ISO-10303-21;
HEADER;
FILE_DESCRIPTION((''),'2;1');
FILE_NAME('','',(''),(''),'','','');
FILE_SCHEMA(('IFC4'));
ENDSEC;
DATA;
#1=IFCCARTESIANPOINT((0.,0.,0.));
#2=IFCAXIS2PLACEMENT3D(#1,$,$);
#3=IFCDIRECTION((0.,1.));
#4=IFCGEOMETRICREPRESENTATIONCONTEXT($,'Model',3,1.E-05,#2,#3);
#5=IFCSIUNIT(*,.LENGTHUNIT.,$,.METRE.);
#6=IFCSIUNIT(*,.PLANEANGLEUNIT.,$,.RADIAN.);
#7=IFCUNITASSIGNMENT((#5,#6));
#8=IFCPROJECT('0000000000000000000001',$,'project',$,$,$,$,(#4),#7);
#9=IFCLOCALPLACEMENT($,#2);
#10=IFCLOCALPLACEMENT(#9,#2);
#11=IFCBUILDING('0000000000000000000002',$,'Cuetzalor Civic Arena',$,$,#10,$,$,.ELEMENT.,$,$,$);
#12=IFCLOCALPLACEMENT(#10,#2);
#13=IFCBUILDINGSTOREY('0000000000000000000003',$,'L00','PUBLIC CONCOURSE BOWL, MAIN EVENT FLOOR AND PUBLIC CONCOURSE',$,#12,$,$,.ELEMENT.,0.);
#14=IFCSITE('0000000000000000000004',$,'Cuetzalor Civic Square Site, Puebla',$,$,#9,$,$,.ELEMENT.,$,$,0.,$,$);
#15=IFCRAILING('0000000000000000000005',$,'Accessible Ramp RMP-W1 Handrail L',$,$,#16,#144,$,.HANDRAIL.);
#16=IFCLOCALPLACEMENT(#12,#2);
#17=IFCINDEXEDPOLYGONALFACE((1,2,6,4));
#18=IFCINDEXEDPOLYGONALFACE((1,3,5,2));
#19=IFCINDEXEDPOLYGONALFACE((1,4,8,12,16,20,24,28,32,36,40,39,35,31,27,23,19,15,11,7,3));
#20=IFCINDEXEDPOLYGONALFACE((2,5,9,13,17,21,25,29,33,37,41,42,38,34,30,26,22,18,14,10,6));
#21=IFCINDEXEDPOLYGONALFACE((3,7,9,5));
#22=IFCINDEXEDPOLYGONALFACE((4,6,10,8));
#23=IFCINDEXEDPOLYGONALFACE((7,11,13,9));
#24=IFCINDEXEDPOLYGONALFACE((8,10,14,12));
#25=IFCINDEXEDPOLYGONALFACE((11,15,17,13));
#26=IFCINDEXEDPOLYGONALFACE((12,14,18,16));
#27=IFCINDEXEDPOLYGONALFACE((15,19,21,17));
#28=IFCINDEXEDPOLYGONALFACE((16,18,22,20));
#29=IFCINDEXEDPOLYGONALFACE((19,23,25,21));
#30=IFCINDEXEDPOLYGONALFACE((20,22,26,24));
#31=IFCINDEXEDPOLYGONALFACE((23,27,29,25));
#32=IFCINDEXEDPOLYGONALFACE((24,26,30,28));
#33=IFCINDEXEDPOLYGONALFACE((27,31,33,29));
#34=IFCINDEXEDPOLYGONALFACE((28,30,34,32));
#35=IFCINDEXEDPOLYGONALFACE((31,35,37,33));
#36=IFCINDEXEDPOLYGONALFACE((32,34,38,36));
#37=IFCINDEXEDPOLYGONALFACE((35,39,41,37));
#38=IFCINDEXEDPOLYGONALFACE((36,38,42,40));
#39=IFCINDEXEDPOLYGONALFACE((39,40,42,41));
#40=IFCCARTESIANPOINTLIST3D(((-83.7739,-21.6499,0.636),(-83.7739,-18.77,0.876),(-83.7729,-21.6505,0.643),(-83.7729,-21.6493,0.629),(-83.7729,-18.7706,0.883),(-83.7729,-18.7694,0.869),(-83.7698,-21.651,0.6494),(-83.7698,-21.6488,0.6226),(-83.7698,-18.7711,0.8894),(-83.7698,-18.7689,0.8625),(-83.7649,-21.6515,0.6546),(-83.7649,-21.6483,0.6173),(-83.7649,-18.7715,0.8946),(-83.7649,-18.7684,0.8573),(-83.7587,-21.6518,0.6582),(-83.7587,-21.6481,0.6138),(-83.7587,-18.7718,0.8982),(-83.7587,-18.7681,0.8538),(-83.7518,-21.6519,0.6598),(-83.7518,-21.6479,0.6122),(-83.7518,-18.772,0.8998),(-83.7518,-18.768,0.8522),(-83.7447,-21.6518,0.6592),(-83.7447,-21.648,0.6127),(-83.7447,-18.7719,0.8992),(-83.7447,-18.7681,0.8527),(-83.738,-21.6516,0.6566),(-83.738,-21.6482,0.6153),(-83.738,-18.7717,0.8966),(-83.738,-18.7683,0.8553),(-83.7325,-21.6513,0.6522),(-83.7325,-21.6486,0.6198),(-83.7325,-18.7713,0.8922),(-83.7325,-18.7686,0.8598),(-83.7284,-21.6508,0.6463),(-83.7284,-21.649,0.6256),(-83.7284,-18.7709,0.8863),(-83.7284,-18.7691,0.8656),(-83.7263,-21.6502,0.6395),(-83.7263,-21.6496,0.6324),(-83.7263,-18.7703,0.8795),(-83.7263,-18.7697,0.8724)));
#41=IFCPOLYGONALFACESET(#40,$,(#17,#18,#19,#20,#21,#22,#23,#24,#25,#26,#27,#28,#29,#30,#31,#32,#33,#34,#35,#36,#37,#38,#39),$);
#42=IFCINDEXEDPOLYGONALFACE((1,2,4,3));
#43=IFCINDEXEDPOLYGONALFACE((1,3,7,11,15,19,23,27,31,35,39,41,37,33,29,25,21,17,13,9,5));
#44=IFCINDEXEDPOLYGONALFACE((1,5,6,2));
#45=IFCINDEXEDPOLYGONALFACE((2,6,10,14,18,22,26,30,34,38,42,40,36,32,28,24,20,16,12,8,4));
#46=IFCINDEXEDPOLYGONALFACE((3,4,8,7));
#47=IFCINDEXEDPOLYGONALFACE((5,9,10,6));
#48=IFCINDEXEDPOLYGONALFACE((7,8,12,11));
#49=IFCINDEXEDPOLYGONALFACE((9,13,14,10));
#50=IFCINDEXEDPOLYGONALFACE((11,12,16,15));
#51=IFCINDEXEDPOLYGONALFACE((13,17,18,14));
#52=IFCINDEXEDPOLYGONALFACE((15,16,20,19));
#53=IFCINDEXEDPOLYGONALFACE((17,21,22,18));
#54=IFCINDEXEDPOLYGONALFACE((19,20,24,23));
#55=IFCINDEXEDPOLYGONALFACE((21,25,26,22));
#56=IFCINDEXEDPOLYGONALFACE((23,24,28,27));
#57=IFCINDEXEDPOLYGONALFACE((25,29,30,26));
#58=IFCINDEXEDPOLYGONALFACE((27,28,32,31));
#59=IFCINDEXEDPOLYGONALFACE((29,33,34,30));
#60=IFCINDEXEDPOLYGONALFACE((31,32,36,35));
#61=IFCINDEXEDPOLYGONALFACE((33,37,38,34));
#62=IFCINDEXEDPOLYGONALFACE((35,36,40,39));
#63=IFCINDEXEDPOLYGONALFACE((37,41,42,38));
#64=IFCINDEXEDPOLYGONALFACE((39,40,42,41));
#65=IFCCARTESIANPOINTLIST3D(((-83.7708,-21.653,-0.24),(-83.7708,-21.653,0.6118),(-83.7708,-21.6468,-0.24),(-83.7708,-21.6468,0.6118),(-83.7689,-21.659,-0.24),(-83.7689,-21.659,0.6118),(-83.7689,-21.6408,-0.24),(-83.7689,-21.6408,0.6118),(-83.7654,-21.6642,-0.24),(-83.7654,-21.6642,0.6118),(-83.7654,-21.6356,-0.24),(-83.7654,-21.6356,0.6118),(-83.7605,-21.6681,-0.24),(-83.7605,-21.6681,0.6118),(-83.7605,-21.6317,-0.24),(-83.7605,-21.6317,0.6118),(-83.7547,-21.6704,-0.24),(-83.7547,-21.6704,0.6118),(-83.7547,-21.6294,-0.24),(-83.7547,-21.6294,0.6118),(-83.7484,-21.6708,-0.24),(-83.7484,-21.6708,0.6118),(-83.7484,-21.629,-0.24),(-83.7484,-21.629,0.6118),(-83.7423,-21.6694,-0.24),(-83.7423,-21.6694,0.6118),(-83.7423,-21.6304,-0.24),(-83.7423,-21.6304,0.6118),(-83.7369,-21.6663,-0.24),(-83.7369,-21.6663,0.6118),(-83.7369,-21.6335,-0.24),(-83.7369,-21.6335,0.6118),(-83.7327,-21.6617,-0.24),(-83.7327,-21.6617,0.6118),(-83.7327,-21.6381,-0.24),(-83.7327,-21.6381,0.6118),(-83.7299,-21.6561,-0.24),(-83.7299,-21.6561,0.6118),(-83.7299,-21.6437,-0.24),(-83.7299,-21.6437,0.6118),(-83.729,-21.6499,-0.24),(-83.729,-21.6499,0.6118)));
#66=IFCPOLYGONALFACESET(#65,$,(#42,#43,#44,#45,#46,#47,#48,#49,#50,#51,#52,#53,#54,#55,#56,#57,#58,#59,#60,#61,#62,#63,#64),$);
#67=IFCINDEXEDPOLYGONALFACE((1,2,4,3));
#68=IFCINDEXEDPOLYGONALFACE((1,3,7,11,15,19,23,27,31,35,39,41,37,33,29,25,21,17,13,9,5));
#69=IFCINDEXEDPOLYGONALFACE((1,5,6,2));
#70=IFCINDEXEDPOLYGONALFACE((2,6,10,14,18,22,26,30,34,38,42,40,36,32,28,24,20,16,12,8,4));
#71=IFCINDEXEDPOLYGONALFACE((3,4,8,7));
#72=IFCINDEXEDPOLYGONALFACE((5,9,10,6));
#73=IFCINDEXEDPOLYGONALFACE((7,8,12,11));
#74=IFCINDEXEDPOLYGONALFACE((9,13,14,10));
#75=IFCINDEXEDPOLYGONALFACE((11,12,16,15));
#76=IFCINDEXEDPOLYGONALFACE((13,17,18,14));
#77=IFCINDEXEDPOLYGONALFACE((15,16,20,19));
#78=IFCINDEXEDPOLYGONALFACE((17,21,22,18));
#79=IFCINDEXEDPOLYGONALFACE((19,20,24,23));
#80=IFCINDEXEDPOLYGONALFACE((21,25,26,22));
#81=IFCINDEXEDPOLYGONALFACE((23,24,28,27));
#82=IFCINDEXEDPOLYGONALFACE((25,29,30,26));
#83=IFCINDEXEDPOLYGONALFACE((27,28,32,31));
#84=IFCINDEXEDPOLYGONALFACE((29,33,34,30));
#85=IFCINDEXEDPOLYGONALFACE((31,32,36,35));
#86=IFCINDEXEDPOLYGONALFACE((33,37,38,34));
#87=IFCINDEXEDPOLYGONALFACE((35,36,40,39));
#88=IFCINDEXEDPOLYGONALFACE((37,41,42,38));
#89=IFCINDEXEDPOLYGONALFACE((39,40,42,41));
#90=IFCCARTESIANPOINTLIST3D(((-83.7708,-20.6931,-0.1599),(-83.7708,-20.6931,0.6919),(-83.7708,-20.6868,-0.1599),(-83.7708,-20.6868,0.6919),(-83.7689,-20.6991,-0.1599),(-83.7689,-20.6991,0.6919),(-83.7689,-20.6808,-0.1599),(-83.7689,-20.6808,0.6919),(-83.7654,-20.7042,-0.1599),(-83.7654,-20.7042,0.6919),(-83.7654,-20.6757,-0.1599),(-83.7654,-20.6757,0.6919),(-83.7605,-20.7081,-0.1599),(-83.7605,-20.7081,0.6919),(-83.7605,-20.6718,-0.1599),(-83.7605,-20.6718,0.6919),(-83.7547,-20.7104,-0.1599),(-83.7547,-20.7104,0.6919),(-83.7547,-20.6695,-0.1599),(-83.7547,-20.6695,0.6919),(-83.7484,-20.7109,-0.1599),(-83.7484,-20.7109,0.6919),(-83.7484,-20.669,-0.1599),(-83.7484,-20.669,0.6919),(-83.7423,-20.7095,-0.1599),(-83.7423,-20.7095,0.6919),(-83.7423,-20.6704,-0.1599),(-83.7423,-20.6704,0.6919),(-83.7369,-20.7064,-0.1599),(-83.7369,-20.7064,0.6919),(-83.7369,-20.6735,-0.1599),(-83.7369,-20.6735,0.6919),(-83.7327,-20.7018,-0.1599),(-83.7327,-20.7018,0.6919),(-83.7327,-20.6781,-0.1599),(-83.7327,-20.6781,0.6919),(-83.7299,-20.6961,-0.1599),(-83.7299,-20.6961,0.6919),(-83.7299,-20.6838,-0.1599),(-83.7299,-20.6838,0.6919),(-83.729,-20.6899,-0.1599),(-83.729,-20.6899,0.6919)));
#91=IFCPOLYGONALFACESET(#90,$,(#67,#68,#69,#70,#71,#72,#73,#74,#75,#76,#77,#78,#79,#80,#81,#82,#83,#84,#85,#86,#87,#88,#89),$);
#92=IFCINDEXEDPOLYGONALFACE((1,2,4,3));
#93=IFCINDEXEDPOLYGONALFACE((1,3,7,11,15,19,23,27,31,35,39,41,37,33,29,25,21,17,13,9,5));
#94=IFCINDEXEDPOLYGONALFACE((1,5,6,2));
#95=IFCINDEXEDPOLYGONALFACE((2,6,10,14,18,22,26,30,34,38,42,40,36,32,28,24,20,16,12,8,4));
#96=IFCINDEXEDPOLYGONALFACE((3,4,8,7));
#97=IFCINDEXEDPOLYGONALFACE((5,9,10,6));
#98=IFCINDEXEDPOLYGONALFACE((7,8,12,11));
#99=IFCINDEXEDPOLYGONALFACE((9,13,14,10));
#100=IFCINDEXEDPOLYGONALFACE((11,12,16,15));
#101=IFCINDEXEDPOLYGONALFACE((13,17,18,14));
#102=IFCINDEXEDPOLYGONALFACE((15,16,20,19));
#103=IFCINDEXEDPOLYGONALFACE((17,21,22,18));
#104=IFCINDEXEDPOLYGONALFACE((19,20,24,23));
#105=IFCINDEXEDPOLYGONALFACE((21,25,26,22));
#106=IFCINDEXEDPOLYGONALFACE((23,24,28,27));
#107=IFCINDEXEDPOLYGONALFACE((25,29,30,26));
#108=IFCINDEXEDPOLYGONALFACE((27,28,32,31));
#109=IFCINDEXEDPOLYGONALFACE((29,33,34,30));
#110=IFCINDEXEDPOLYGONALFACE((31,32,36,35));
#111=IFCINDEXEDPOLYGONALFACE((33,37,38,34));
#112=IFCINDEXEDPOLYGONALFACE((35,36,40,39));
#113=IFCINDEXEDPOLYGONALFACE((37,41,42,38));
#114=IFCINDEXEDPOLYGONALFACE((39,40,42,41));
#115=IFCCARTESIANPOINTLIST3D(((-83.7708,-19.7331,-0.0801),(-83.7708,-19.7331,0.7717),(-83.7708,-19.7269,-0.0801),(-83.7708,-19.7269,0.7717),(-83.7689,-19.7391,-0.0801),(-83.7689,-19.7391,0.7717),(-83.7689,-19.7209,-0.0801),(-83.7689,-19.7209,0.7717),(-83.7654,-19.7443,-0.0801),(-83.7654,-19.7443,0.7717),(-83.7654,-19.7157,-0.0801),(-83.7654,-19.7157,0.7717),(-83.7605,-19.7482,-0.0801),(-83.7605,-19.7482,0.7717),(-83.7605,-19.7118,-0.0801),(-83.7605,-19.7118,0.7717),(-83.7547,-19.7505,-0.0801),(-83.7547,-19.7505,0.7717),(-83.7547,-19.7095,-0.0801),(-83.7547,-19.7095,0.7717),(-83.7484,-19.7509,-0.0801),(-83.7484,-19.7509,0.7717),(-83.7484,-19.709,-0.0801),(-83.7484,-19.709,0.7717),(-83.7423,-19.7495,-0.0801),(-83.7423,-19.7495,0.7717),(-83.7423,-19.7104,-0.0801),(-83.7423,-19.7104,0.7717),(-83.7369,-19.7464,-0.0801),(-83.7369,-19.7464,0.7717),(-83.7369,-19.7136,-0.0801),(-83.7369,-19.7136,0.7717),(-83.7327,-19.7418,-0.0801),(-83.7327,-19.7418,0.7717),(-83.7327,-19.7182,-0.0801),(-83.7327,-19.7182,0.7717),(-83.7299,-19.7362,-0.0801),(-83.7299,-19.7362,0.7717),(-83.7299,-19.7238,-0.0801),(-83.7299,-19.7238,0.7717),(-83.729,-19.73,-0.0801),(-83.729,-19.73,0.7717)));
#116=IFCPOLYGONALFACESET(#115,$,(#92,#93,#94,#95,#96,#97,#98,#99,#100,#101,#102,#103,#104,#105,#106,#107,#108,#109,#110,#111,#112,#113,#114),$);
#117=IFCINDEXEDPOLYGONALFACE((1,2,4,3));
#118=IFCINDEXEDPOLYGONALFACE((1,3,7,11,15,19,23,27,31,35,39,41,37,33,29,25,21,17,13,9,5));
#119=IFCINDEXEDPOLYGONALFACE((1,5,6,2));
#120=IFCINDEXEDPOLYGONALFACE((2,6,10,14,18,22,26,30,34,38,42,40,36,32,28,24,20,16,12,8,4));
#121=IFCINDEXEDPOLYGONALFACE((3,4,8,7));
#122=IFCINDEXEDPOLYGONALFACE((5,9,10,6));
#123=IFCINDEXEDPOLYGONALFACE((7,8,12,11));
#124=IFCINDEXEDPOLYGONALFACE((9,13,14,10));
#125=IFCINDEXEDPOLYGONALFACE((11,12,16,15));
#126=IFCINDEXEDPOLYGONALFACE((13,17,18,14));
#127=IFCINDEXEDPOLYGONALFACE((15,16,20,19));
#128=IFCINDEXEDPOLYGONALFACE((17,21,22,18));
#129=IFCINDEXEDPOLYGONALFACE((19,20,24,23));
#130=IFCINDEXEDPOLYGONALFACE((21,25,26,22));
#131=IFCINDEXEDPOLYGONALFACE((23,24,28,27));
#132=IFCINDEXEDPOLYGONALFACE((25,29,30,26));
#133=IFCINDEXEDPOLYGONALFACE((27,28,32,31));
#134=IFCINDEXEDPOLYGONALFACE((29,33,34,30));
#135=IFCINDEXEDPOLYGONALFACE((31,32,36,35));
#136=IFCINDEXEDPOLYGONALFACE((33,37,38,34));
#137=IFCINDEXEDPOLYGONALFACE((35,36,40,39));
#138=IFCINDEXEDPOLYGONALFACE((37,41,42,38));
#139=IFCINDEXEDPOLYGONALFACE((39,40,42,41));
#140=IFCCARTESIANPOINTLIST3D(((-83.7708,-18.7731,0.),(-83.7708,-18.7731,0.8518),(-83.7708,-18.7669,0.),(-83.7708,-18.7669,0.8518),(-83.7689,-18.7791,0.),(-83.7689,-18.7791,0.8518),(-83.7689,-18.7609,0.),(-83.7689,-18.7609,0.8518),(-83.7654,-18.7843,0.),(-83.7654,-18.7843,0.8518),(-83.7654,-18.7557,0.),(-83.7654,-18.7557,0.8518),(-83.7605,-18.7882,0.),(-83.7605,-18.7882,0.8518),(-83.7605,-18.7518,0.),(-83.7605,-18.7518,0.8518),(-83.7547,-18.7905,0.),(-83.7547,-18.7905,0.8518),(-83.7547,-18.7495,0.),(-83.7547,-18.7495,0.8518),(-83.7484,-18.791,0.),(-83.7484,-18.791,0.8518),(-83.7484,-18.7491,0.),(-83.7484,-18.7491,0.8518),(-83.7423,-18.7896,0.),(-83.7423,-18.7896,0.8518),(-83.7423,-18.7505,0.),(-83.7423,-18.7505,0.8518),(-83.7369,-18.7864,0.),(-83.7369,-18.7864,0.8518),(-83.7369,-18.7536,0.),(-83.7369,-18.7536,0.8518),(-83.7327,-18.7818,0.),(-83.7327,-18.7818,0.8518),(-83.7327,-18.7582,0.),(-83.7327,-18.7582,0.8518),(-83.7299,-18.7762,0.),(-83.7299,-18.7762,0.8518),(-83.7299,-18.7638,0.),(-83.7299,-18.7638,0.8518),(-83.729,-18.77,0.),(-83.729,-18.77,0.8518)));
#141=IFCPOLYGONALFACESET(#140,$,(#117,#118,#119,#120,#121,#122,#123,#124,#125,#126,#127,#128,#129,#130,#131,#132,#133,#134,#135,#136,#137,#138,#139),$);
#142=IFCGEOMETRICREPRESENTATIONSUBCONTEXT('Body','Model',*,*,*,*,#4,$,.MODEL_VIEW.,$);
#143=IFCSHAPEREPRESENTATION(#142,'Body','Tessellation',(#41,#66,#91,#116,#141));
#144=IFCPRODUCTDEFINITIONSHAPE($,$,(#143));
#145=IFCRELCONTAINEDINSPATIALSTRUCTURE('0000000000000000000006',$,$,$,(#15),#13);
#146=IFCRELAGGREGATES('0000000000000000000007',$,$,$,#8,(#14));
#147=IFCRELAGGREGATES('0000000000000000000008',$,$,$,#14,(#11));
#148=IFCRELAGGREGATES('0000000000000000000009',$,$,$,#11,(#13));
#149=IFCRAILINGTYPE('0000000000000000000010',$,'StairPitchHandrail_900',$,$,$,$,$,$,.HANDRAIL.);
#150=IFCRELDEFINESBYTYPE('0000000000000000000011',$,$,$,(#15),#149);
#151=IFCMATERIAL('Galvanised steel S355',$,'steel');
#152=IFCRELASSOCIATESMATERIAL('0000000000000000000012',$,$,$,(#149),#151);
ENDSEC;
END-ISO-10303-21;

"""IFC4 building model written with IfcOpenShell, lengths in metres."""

from ifc_helpers import new_model, si_unit, direction, frame, origin, origin_2d, place, context, subcontext, project, spatial, circle, extrude, material, type_object, element, save


model = new_model("IFC4")

# Units and contexts
model_context = context("Model", 3, precision=1e-05, world=origin(), true_north=direction((0.0, 1.0)))
body_context = subcontext(model_context, "Body", "Model", "MODEL_VIEW")
ifc_project = project(units=[si_unit("LENGTHUNIT", "METRE"), si_unit("PLANEANGLEUNIT", "RADIAN")], contexts=[model_context])

# Site, building, storey
site_placement = place(None, origin())
site = spatial("IfcSite", under=ifc_project, at=site_placement, Name="Cuetzalor Civic Square Site, Puebla", CompositionType="ELEMENT", RefElevation=0.0)
building_placement = place(site_placement, origin())
building = spatial("IfcBuilding", under=site, at=building_placement, Name="Cuetzalor Civic Arena", CompositionType="ELEMENT")
storey_placement = place(building_placement, origin())
storey = spatial("IfcBuildingStorey", under=building, at=storey_placement, Name="L00", Description="PUBLIC CONCOURSE BOWL, MAIN EVENT FLOOR AND PUBLIC CONCOURSE", CompositionType="ELEMENT", Elevation=0.0)

# Railing
ifc_material_1 = material(Name="Galvanised steel S355", Category="steel")
railing_type = type_object("IfcRailingType", Name="StairPitchHandrail_900", PredefinedType="HANDRAIL", material=ifc_material_1)
for number, where, name in (
    (1, (-83.75, -21.6499, -0.24), "Accessible Ramp RMP-W1 Handrail L"),
):
    element("IfcRailing", number, at=place(storey_placement, frame(where)), inside=storey, type_object=railing_type, Name=name, PredefinedType="HANDRAIL", context=body_context, shape_type="SweptSolid", body=[
        extrude(circle(Radius=0.0239, at=origin_2d()), frame((0.0, 0.0, 0.876), z_axis=(0.0, 0.996546, 0.083045), x_axis=(-1.0, 0.0, 0.0)), (0.0, 0.0, 1.0), 2.8899),
        extrude(circle(Radius=0.021, at=origin_2d()), origin(), (0.0, 0.0, 1.0), 0.8518),
        extrude(circle(Radius=0.021, at=origin_2d()), frame((0.0, 0.96, 0.0801)), (0.0, 0.0, 1.0), 0.8518),
        extrude(circle(Radius=0.021, at=origin_2d()), frame((0.0, 1.9199, 0.1599)), (0.0, 0.0, 1.0), 0.8518),
        extrude(circle(Radius=0.021, at=origin_2d()), frame((0.0, 2.8799, 0.24)), (0.0, 0.0, 1.0), 0.8518),
    ])

save(model, "model.ifc")
